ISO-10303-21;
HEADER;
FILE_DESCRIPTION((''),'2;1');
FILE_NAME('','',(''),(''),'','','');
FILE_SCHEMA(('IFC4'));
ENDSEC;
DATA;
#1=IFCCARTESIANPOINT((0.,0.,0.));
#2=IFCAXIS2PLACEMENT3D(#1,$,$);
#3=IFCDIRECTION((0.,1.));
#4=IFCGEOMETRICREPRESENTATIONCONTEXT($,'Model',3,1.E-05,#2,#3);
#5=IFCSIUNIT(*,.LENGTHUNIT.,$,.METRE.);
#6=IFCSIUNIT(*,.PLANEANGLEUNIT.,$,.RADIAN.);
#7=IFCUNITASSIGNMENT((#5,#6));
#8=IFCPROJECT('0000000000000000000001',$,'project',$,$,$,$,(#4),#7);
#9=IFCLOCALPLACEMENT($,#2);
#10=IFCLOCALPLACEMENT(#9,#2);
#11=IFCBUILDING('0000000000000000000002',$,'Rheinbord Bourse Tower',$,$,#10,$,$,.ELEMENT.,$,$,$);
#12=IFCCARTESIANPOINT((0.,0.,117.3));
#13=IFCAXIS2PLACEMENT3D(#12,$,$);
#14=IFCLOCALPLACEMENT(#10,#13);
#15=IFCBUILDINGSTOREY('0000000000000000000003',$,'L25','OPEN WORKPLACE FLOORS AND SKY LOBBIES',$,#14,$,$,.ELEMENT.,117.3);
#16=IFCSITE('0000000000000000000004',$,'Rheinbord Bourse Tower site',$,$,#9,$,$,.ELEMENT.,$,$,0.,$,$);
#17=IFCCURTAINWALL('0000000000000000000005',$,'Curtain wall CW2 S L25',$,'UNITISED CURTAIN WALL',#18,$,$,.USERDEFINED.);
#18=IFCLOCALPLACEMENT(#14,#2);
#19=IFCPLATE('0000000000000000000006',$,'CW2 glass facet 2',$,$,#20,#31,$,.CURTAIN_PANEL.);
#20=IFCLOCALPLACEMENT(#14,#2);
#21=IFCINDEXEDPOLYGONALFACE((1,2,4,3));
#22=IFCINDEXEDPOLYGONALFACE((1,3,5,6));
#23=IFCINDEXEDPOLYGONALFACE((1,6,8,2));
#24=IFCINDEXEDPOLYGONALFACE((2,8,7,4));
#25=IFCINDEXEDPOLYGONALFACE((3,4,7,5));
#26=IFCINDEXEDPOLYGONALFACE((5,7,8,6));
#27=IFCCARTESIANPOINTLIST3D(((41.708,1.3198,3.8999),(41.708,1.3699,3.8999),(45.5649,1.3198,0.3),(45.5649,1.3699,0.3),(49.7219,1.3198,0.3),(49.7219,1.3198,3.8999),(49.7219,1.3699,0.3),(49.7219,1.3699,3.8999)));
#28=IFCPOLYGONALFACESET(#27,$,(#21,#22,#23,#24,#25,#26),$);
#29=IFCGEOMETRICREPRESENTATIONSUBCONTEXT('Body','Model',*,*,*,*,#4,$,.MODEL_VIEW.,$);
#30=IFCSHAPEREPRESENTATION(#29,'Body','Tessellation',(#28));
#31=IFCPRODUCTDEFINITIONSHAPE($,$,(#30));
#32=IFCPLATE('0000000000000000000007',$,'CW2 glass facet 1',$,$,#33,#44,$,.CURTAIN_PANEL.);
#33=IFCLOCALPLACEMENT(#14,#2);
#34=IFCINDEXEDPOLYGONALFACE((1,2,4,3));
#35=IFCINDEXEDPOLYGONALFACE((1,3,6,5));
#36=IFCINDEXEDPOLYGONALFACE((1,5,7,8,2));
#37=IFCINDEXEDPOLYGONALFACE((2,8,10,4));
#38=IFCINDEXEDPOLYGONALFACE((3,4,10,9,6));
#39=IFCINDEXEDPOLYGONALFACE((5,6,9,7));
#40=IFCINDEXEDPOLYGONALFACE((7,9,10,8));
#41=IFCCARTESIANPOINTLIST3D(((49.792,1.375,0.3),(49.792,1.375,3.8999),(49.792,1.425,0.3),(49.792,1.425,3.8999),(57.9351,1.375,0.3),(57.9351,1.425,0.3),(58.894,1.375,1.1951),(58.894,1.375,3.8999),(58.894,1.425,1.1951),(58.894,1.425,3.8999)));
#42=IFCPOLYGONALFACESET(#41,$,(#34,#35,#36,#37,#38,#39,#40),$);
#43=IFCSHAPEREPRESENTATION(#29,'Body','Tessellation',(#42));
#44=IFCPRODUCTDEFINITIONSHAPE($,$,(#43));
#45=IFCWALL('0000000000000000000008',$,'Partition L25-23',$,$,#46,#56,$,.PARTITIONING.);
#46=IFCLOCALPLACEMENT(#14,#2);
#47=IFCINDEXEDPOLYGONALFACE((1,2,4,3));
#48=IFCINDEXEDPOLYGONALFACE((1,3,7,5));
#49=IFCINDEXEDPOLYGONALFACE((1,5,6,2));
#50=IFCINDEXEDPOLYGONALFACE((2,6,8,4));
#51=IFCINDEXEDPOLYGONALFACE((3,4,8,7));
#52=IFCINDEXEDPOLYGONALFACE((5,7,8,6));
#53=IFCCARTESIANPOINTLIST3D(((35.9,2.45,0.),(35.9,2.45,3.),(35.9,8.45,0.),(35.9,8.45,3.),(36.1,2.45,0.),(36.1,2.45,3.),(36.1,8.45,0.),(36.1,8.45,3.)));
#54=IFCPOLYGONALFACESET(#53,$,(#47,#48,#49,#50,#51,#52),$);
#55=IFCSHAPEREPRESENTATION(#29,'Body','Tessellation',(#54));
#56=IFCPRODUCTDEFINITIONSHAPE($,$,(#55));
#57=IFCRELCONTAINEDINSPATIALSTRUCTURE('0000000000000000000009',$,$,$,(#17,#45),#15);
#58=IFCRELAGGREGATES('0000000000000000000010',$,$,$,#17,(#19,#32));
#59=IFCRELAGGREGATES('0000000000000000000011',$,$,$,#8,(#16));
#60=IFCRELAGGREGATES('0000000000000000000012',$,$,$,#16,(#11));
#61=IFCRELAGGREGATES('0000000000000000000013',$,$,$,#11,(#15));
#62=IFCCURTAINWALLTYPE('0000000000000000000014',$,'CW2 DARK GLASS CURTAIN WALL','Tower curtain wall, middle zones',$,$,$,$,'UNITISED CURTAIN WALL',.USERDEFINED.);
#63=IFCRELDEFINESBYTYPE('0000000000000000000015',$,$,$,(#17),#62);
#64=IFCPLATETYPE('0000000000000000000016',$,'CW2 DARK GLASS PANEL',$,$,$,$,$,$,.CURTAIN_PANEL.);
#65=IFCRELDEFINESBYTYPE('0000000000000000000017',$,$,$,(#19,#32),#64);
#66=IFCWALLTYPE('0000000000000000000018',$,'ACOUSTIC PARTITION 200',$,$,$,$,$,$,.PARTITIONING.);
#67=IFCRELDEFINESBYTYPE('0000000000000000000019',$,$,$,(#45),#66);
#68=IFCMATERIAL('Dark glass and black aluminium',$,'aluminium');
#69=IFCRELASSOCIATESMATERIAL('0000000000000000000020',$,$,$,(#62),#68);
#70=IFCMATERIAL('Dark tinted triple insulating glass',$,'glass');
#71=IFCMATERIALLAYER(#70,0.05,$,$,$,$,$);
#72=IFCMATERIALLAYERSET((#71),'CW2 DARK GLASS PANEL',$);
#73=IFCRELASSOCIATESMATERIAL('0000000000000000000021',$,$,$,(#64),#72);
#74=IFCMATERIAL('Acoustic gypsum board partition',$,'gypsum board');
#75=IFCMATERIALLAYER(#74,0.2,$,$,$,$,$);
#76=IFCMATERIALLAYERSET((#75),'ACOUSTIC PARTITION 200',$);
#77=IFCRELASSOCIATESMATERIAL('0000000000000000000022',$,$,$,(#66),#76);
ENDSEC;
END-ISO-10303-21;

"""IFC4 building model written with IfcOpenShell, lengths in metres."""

from ifc_helpers import new_model, si_unit, direction, frame, frame_2d, origin, place, context, subcontext, project, spatial, polyline, rectangle, outline, extrude, material, layer, layer_set, type_object, element, aggregate, save


model = new_model("IFC4")

# Units and contexts
model_context = context("Model", 3, precision=1e-05, world=origin(), true_north=direction((0.0, 1.0)))
body_context = subcontext(model_context, "Body", "Model", "MODEL_VIEW")
ifc_project = project(units=[si_unit("LENGTHUNIT", "METRE"), si_unit("PLANEANGLEUNIT", "RADIAN")], contexts=[model_context])

# Site, building, storey
site_placement = place(None, origin())
site = spatial("IfcSite", under=ifc_project, at=site_placement, Name="Rheinbord Bourse Tower site", CompositionType="ELEMENT", RefElevation=0.0)
building_placement = place(site_placement, origin())
building = spatial("IfcBuilding", under=site, at=building_placement, Name="Rheinbord Bourse Tower", CompositionType="ELEMENT")
storey_placement = place(building_placement, frame((0.0, 0.0, 117.3)))
storey = spatial("IfcBuildingStorey", under=building, at=storey_placement, Name="L25", Description="OPEN WORKPLACE FLOORS AND SKY LOBBIES", CompositionType="ELEMENT", Elevation=117.3)

# Curtain wall
ifc_material_1 = material(Name="Dark glass and black aluminium", Category="aluminium")
curtain_wall_type = type_object("IfcCurtainWallType", Name="CW2 DARK GLASS CURTAIN WALL", Description="Tower curtain wall, middle zones", ElementType="UNITISED CURTAIN WALL", PredefinedType="USERDEFINED", material=ifc_material_1)
curtain_wall_placement = place(storey_placement, origin())
curtain_wall = element("IfcCurtainWall", 1, at=curtain_wall_placement, inside=storey, type_object=curtain_wall_type, Name="Curtain wall CW2 S L25", ObjectType="UNITISED CURTAIN WALL", PredefinedType="USERDEFINED")

# Plates
ifc_material_2 = material(Name="Dark tinted triple insulating glass", Category="glass")
ifc_layer_1 = layer(ifc_material_2, 0.05)
ifc_layer_set_1 = layer_set([ifc_layer_1], Name="CW2 DARK GLASS PANEL")
plate_type = type_object("IfcPlateType", Name="CW2 DARK GLASS PANEL", PredefinedType="CURTAIN_PANEL", material=ifc_layer_set_1)
plate_1_placement = place(storey_placement, frame((49.7219, 1.3198, 3.8999), z_axis=(0.0, 1.0, 0.0), x_axis=(0.0, 0.0, -1.0)))
plate_1 = element("IfcPlate", 2, at=plate_1_placement, type_object=plate_type, Name="CW2 glass facet 2", PredefinedType="CURTAIN_PANEL", context=body_context, shape_type="SweptSolid", body=[
    extrude(outline(polyline([(0.0, 0.0), (3.5999, 0.0), (3.5999, 4.157), (0.0, 8.0139), (0.0, 0.0)])), origin(), (0.0, 0.0, 1.0), 0.05),
])
plate_2_placement = place(storey_placement, frame((49.792, 1.375, 0.3), z_axis=(0.0, 1.0, 0.0), x_axis=(0.0, 0.0, 1.0)))
plate_2 = element("IfcPlate", 3, at=plate_2_placement, type_object=plate_type, Name="CW2 glass facet 1", PredefinedType="CURTAIN_PANEL", context=body_context, shape_type="SweptSolid", body=[
    extrude(outline(polyline([(0.0, 0.0), (3.5999, 0.0), (3.5999, 9.1021), (0.895, 9.1021), (0.0, 8.1431), (0.0, 0.0)])), origin(), (0.0, 0.0, 1.0), 0.05),
])
aggregate(curtain_wall, [plate_1, plate_2])

# Wall
ifc_material_3 = material(Name="Acoustic gypsum board partition", Category="gypsum board")
ifc_layer_2 = layer(ifc_material_3, 0.2)
ifc_layer_set_2 = layer_set([ifc_layer_2], Name="ACOUSTIC PARTITION 200")
wall_type = type_object("IfcWallType", Name="ACOUSTIC PARTITION 200", PredefinedType="PARTITIONING", material=ifc_layer_set_2)
wall_placement = place(storey_placement, frame((36.0, 2.45, 0.0), z_axis=(0.0, 0.0, 1.0), x_axis=(0.0, 1.0, 0.0)))
element("IfcWall", 4, at=wall_placement, inside=storey, type_object=wall_type, Name="Partition L25-23", PredefinedType="PARTITIONING", context=body_context, shape_type="SweptSolid", body=[
    extrude(rectangle(XDim=6.0, YDim=0.2, at=frame_2d((3.0, 0.0))), origin(), (0.0, 0.0, 1.0), 3.0),
])

save(model, "model.ifc")
